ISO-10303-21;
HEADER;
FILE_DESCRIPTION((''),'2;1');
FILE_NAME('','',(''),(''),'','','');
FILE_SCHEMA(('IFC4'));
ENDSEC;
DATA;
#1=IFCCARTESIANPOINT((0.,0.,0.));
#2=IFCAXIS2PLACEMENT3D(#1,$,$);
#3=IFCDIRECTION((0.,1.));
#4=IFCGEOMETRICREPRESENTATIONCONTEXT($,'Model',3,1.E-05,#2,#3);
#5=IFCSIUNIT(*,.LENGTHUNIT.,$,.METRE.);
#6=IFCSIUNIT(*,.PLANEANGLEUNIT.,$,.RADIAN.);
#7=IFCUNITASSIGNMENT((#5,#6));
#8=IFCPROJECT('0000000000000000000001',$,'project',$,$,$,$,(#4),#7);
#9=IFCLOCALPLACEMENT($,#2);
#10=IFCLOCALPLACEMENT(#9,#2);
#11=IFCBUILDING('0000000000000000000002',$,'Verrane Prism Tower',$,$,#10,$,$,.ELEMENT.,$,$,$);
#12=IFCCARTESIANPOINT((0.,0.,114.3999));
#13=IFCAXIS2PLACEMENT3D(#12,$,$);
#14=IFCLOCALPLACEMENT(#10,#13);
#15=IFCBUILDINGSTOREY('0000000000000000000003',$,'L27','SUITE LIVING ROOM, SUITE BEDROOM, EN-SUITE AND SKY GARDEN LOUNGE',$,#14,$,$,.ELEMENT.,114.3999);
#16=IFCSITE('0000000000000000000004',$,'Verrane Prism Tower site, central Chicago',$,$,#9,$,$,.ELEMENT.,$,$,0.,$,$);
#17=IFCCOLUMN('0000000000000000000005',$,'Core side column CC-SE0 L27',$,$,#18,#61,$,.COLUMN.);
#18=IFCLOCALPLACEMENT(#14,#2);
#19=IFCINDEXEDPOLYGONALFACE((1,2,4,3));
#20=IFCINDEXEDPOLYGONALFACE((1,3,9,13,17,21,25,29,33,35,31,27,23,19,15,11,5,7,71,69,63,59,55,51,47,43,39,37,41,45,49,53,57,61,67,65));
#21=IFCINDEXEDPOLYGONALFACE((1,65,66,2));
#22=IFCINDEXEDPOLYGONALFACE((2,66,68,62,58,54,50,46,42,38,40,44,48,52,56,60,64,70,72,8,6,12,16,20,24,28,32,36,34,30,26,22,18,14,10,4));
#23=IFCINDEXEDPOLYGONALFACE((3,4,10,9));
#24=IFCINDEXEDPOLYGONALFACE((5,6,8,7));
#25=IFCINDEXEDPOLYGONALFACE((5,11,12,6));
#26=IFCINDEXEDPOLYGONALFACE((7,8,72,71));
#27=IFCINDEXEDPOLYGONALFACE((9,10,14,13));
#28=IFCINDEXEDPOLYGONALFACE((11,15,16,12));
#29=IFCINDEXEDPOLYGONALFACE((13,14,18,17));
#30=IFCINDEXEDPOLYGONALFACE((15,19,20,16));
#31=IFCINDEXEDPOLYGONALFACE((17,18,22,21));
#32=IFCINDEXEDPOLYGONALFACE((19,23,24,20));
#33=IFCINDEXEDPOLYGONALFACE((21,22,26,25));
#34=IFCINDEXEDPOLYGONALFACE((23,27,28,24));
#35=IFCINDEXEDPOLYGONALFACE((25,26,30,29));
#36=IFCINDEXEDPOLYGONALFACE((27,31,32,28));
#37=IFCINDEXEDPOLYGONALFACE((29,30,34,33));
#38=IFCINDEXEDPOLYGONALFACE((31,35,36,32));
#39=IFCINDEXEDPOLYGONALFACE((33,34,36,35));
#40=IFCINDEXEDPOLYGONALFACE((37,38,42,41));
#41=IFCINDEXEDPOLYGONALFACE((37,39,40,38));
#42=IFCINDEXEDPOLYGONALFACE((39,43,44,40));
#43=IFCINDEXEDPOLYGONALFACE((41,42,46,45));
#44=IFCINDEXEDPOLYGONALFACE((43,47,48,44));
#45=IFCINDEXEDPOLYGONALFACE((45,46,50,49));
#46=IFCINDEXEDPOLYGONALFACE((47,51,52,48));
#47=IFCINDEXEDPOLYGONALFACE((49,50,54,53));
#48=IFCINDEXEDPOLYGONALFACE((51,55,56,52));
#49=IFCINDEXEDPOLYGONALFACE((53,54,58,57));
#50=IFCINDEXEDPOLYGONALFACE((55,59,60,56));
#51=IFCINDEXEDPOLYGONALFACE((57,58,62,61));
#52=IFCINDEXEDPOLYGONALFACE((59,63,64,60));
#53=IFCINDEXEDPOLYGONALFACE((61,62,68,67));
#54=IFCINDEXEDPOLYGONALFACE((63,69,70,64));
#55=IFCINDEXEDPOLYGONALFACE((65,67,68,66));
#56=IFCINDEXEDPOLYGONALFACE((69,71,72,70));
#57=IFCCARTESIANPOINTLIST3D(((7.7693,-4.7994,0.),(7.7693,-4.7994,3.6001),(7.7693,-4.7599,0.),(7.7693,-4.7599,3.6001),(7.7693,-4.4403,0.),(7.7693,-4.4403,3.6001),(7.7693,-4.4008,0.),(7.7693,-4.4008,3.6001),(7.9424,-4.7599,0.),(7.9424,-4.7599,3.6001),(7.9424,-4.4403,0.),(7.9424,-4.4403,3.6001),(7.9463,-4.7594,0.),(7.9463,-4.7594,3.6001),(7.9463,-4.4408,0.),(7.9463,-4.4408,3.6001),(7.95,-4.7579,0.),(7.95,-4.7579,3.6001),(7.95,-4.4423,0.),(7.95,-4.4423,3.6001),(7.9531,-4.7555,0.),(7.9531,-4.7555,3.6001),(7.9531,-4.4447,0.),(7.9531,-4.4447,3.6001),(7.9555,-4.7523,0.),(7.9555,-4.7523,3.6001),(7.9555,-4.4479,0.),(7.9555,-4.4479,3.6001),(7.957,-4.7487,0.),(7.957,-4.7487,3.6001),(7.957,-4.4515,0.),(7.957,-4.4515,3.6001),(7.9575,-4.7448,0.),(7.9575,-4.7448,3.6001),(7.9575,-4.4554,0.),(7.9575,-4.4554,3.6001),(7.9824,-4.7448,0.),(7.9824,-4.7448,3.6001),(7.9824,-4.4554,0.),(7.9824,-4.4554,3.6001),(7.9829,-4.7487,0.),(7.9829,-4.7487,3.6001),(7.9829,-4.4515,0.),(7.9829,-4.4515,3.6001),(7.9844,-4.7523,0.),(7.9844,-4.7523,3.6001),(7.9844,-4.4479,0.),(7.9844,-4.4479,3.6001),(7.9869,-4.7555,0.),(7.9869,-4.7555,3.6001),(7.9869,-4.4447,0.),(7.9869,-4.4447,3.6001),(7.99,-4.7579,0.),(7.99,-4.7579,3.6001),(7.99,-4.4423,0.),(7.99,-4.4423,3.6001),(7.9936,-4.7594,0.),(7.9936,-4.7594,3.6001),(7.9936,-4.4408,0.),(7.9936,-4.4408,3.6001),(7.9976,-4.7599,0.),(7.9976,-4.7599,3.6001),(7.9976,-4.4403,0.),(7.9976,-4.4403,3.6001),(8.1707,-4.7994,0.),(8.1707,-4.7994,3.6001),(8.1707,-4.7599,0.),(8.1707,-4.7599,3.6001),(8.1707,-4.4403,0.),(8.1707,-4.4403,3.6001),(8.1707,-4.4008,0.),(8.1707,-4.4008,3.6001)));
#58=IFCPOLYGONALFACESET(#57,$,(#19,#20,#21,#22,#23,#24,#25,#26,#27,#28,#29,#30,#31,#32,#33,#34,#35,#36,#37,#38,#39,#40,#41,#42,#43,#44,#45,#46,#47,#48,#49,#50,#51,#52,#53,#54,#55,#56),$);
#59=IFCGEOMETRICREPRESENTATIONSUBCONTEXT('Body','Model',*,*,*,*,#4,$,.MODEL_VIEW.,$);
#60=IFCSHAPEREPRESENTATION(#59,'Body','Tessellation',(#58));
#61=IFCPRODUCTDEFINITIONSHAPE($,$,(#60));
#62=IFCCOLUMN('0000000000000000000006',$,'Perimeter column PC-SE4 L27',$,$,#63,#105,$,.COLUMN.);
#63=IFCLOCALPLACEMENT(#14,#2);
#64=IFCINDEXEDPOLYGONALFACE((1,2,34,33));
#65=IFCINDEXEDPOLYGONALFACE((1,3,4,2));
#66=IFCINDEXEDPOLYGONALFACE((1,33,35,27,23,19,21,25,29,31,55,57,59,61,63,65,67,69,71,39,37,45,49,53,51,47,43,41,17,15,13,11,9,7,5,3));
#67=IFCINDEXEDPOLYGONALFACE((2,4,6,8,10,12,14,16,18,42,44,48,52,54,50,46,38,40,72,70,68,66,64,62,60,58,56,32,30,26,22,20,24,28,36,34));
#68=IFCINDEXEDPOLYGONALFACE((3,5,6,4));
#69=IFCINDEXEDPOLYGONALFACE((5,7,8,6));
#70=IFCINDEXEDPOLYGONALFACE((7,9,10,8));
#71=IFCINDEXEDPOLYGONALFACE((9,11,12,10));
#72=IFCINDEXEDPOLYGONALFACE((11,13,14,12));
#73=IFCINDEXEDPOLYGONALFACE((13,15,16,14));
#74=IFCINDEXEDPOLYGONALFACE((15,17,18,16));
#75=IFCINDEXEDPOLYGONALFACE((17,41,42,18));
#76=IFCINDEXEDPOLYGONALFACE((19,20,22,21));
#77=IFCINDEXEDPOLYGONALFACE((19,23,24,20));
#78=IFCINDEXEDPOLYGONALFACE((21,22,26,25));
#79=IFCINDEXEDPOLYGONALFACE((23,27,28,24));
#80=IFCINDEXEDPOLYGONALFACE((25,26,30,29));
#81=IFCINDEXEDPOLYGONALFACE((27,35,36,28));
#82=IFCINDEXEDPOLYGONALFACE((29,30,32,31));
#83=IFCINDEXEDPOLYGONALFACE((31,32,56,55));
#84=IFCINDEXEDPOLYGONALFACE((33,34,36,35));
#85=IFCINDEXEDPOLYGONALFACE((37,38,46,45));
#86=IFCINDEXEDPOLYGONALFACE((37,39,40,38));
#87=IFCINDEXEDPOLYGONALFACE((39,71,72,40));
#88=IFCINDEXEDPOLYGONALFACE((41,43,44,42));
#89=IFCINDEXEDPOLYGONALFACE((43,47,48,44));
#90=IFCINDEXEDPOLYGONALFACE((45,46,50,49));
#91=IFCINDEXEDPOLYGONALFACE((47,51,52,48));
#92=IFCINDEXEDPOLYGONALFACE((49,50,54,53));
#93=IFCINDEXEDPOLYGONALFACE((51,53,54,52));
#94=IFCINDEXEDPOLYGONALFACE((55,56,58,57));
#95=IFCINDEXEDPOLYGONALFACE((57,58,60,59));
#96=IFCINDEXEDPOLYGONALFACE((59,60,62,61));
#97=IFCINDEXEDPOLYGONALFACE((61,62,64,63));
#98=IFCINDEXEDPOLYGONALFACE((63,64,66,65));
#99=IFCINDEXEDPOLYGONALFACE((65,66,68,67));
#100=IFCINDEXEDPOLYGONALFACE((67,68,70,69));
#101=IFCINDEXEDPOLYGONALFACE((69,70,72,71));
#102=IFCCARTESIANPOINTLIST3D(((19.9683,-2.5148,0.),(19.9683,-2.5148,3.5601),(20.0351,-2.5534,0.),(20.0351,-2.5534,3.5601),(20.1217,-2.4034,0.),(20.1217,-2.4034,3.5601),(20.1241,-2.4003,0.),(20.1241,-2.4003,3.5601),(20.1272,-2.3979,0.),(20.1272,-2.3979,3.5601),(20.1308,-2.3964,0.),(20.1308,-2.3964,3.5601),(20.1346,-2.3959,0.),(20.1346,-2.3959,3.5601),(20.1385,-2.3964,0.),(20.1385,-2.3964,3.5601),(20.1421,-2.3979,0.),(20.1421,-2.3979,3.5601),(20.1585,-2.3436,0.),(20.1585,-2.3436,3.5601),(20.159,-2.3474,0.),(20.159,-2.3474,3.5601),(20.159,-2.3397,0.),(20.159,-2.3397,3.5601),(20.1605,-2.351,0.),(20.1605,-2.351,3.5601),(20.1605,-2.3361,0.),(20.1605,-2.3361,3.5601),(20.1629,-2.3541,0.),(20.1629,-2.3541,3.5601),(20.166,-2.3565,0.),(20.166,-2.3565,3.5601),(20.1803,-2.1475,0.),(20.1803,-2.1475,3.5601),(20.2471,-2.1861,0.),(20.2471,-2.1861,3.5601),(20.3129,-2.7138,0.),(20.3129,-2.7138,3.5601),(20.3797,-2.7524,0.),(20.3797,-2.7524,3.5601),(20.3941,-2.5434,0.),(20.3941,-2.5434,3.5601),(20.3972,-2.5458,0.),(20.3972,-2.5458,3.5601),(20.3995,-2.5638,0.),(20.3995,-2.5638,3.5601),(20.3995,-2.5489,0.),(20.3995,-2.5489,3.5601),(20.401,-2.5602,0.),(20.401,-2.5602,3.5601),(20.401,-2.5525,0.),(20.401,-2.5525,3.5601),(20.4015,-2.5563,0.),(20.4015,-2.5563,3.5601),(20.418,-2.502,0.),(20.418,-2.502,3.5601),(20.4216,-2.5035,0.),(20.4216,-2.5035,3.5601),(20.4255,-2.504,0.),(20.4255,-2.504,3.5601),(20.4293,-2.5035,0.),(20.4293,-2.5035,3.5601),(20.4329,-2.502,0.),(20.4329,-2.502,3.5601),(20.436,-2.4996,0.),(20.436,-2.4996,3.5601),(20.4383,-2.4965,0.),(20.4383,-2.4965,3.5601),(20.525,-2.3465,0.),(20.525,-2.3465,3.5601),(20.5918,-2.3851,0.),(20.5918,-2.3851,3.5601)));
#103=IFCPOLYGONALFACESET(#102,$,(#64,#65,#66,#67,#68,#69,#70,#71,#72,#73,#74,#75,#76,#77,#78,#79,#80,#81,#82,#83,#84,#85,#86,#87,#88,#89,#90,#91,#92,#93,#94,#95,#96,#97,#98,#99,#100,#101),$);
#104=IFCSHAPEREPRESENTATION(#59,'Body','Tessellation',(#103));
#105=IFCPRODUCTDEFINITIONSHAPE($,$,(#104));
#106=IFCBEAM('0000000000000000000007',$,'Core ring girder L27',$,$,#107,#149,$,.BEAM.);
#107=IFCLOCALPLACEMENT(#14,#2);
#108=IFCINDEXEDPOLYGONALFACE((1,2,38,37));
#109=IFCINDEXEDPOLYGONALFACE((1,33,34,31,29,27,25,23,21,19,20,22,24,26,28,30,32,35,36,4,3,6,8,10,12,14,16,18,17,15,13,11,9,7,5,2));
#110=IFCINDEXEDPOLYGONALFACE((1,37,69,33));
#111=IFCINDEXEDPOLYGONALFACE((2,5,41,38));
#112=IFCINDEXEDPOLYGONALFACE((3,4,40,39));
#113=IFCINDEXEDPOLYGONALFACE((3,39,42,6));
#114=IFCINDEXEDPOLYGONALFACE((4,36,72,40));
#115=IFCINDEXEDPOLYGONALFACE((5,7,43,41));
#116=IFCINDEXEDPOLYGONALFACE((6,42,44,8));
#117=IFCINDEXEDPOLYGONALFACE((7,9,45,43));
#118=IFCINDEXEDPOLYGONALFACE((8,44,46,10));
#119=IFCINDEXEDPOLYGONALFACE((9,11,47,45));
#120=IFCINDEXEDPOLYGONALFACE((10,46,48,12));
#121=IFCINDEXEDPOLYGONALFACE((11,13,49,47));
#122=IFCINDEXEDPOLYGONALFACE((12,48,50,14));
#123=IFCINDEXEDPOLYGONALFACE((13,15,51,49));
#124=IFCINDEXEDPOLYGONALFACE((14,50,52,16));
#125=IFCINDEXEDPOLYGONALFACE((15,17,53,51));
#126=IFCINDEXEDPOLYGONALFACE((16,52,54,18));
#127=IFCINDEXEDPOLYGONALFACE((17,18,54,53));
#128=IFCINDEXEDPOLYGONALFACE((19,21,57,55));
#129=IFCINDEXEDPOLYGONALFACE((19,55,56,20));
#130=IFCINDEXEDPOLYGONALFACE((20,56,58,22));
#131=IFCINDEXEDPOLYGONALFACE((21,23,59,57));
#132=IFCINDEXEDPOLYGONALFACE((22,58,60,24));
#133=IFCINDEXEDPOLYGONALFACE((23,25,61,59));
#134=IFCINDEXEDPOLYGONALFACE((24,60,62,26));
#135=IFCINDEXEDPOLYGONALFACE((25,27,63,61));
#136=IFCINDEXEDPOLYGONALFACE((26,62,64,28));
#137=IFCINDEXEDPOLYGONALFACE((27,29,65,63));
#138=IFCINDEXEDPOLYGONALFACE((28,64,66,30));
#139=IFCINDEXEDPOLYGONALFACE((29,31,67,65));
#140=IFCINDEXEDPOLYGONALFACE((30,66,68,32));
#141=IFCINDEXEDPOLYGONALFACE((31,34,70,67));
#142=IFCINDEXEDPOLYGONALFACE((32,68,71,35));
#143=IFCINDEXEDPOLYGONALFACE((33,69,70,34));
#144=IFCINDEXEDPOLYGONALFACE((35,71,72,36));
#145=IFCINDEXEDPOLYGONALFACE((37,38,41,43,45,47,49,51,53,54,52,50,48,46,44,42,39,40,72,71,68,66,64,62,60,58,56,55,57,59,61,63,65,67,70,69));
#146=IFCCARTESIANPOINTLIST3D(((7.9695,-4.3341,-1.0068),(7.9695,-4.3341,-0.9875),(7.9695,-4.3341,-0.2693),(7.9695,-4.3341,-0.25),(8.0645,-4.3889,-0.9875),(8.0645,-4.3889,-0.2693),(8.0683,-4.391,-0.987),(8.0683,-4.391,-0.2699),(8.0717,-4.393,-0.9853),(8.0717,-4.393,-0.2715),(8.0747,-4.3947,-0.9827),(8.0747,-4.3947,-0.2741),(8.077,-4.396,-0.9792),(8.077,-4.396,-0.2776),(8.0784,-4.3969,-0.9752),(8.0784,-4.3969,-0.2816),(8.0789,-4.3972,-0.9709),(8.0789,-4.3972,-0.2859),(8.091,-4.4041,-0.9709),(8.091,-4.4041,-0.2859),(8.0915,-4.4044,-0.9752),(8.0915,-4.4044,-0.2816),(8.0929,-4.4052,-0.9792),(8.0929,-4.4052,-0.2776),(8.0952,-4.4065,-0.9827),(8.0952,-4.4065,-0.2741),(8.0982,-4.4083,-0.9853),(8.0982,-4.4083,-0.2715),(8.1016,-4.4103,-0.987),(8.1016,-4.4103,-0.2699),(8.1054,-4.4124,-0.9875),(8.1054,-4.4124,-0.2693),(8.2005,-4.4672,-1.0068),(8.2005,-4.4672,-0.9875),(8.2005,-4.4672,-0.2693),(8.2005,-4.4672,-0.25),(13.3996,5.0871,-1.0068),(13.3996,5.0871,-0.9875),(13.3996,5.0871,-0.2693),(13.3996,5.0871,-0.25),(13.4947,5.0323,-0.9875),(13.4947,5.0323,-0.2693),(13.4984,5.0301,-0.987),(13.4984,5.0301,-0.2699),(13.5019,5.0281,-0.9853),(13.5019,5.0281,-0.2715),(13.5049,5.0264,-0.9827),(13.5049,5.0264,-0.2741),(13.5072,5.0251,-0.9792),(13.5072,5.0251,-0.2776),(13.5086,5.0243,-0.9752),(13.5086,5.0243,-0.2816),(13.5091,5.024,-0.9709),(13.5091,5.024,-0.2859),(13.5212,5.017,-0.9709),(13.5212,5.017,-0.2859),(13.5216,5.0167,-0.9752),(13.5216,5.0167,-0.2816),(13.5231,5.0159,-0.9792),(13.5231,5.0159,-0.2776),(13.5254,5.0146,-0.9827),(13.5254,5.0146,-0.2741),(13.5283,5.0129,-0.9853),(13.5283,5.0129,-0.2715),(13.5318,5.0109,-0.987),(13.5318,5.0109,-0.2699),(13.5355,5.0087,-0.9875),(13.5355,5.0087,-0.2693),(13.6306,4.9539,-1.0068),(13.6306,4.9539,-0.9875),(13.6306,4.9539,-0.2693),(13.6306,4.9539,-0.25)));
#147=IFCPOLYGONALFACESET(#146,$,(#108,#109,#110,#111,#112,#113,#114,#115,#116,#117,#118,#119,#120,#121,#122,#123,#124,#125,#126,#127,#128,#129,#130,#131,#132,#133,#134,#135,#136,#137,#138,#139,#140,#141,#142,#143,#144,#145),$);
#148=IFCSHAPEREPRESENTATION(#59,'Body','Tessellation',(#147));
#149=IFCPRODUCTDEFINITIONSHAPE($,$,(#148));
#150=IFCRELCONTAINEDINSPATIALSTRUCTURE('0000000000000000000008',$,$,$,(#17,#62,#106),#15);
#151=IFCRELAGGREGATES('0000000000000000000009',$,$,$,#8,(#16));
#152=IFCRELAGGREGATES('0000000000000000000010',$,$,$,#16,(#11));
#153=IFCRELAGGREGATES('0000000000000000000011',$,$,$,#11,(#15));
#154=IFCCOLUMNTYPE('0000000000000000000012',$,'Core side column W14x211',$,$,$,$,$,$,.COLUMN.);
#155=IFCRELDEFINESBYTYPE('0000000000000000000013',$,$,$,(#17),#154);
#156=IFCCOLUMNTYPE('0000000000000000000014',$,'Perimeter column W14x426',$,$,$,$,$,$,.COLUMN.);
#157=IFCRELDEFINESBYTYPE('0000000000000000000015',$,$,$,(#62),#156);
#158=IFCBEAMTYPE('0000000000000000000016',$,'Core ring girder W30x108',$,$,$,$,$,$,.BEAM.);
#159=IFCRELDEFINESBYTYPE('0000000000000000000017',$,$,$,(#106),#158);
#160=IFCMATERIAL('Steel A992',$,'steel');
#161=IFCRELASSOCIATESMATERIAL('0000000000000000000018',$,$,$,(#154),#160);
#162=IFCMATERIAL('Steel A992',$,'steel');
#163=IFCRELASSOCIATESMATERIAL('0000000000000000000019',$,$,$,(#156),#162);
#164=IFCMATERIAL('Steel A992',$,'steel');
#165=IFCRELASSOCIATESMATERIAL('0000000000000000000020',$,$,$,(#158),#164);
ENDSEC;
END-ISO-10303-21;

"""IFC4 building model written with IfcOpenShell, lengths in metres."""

from ifc_helpers import new_model, si_unit, direction, frame, origin, origin_2d, place, context, subcontext, project, spatial, i_section, extrude, material, material_profile, profile_set, type_object, element, save


model = new_model("IFC4")

# Units and contexts
model_context = context("Model", 3, precision=1e-05, world=origin(), true_north=direction((0.0, 1.0)))
body_context = subcontext(model_context, "Body", "Model", "MODEL_VIEW")
ifc_project = project(units=[si_unit("LENGTHUNIT", "METRE"), si_unit("PLANEANGLEUNIT", "RADIAN")], contexts=[model_context])

# Site, building, storey
site_placement = place(None, origin())
site = spatial("IfcSite", under=ifc_project, at=site_placement, Name="Verrane Prism Tower site, central Chicago", CompositionType="ELEMENT", RefElevation=0.0)
building_placement = place(site_placement, origin())
building = spatial("IfcBuilding", under=site, at=building_placement, Name="Verrane Prism Tower", CompositionType="ELEMENT")
storey_placement = place(building_placement, frame((0.0, 0.0, 114.3999)))
storey = spatial("IfcBuildingStorey", under=building, at=storey_placement, Name="L27", Description="SUITE LIVING ROOM, SUITE BEDROOM, EN-SUITE AND SKY GARDEN LOUNGE", CompositionType="ELEMENT", Elevation=114.3999)

# Columns
ifc_material_1 = material(Name="Steel A992", Category="steel")
ifc_material_profile_1 = material_profile(ifc_material_1, i_section(OverallWidth=0.4014, OverallDepth=0.3987, WebThickness=0.0249, FlangeThickness=0.0396, FilletRadius=0.0151, at=origin_2d()), Name="W14x211")
ifc_profile_set_1 = profile_set([ifc_material_profile_1], Name="Steel A992")
column_type_1 = type_object("IfcColumnType", Name="Core side column W14x211", PredefinedType="COLUMN", material=ifc_profile_set_1)
column_1_placement = place(storey_placement, frame((7.97, -4.6001, 0.0), z_axis=(0.0, 0.0, 1.0), x_axis=(1.0, 0.0, 0.0)))
element("IfcColumn", 1, at=column_1_placement, inside=storey, type_object=column_type_1, Name="Core side column CC-SE0 L27", PredefinedType="COLUMN", context=body_context, shape_type="SweptSolid", body=[
    extrude(i_section(OverallWidth=0.4014, OverallDepth=0.3987, WebThickness=0.0249, FlangeThickness=0.0396, FilletRadius=0.0151, at=origin_2d()), origin(), (0.0, 0.0, 1.0), 3.6001),
])
ifc_material_2 = material(Name="Steel A992", Category="steel")
ifc_material_profile_2 = material_profile(ifc_material_2, i_section(OverallWidth=0.4241, OverallDepth=0.4751, WebThickness=0.0479, FlangeThickness=0.0771, FilletRadius=0.0149, at=origin_2d()), Name="W14x426")
ifc_profile_set_2 = profile_set([ifc_material_profile_2], Name="Steel A992")
column_type_2 = type_object("IfcColumnType", Name="Perimeter column W14x426", PredefinedType="COLUMN", material=ifc_profile_set_2)
column_2_placement = place(storey_placement, frame((20.28, -2.45, 0.0), z_axis=(0.0, 0.0, 1.0), x_axis=(-0.5, -0.866025, 0.0)))
element("IfcColumn", 2, at=column_2_placement, inside=storey, type_object=column_type_2, Name="Perimeter column PC-SE4 L27", PredefinedType="COLUMN", context=body_context, shape_type="SweptSolid", body=[
    extrude(i_section(OverallWidth=0.4241, OverallDepth=0.4751, WebThickness=0.0479, FlangeThickness=0.0771, FilletRadius=0.0149, at=origin_2d()), origin(), (0.0, 0.0, 1.0), 3.5601),
])

# Beam
ifc_material_3 = material(Name="Steel A992", Category="steel")
ifc_material_profile_3 = material_profile(ifc_material_3, i_section(OverallWidth=0.2666, OverallDepth=0.7568, WebThickness=0.0139, FlangeThickness=0.0193, FilletRadius=0.0166, at=origin_2d()), Name="W30x108")
ifc_profile_set_3 = profile_set([ifc_material_profile_3], Name="Steel A992")
beam_type_1 = type_object("IfcBeamType", Name="Core ring girder W30x108", PredefinedType="BEAM", material=ifc_profile_set_3)
beam_1_placement = place(storey_placement, frame((8.085, -4.4006, -0.6284), z_axis=(0.499371, 0.866388, 0.0), x_axis=(-0.866388, 0.499371, 0.0)))
element("IfcBeam", 3, at=beam_1_placement, inside=storey, type_object=beam_type_1, Name="Core ring girder L27", PredefinedType="BEAM", context=body_context, shape_type="SweptSolid", body=[
    extrude(i_section(OverallWidth=0.2666, OverallDepth=0.7568, WebThickness=0.0139, FlangeThickness=0.0193, FilletRadius=0.0166, at=origin_2d()), origin(), (0.0, 0.0, 1.0), 10.874),
])

save(model, "model.ifc")
